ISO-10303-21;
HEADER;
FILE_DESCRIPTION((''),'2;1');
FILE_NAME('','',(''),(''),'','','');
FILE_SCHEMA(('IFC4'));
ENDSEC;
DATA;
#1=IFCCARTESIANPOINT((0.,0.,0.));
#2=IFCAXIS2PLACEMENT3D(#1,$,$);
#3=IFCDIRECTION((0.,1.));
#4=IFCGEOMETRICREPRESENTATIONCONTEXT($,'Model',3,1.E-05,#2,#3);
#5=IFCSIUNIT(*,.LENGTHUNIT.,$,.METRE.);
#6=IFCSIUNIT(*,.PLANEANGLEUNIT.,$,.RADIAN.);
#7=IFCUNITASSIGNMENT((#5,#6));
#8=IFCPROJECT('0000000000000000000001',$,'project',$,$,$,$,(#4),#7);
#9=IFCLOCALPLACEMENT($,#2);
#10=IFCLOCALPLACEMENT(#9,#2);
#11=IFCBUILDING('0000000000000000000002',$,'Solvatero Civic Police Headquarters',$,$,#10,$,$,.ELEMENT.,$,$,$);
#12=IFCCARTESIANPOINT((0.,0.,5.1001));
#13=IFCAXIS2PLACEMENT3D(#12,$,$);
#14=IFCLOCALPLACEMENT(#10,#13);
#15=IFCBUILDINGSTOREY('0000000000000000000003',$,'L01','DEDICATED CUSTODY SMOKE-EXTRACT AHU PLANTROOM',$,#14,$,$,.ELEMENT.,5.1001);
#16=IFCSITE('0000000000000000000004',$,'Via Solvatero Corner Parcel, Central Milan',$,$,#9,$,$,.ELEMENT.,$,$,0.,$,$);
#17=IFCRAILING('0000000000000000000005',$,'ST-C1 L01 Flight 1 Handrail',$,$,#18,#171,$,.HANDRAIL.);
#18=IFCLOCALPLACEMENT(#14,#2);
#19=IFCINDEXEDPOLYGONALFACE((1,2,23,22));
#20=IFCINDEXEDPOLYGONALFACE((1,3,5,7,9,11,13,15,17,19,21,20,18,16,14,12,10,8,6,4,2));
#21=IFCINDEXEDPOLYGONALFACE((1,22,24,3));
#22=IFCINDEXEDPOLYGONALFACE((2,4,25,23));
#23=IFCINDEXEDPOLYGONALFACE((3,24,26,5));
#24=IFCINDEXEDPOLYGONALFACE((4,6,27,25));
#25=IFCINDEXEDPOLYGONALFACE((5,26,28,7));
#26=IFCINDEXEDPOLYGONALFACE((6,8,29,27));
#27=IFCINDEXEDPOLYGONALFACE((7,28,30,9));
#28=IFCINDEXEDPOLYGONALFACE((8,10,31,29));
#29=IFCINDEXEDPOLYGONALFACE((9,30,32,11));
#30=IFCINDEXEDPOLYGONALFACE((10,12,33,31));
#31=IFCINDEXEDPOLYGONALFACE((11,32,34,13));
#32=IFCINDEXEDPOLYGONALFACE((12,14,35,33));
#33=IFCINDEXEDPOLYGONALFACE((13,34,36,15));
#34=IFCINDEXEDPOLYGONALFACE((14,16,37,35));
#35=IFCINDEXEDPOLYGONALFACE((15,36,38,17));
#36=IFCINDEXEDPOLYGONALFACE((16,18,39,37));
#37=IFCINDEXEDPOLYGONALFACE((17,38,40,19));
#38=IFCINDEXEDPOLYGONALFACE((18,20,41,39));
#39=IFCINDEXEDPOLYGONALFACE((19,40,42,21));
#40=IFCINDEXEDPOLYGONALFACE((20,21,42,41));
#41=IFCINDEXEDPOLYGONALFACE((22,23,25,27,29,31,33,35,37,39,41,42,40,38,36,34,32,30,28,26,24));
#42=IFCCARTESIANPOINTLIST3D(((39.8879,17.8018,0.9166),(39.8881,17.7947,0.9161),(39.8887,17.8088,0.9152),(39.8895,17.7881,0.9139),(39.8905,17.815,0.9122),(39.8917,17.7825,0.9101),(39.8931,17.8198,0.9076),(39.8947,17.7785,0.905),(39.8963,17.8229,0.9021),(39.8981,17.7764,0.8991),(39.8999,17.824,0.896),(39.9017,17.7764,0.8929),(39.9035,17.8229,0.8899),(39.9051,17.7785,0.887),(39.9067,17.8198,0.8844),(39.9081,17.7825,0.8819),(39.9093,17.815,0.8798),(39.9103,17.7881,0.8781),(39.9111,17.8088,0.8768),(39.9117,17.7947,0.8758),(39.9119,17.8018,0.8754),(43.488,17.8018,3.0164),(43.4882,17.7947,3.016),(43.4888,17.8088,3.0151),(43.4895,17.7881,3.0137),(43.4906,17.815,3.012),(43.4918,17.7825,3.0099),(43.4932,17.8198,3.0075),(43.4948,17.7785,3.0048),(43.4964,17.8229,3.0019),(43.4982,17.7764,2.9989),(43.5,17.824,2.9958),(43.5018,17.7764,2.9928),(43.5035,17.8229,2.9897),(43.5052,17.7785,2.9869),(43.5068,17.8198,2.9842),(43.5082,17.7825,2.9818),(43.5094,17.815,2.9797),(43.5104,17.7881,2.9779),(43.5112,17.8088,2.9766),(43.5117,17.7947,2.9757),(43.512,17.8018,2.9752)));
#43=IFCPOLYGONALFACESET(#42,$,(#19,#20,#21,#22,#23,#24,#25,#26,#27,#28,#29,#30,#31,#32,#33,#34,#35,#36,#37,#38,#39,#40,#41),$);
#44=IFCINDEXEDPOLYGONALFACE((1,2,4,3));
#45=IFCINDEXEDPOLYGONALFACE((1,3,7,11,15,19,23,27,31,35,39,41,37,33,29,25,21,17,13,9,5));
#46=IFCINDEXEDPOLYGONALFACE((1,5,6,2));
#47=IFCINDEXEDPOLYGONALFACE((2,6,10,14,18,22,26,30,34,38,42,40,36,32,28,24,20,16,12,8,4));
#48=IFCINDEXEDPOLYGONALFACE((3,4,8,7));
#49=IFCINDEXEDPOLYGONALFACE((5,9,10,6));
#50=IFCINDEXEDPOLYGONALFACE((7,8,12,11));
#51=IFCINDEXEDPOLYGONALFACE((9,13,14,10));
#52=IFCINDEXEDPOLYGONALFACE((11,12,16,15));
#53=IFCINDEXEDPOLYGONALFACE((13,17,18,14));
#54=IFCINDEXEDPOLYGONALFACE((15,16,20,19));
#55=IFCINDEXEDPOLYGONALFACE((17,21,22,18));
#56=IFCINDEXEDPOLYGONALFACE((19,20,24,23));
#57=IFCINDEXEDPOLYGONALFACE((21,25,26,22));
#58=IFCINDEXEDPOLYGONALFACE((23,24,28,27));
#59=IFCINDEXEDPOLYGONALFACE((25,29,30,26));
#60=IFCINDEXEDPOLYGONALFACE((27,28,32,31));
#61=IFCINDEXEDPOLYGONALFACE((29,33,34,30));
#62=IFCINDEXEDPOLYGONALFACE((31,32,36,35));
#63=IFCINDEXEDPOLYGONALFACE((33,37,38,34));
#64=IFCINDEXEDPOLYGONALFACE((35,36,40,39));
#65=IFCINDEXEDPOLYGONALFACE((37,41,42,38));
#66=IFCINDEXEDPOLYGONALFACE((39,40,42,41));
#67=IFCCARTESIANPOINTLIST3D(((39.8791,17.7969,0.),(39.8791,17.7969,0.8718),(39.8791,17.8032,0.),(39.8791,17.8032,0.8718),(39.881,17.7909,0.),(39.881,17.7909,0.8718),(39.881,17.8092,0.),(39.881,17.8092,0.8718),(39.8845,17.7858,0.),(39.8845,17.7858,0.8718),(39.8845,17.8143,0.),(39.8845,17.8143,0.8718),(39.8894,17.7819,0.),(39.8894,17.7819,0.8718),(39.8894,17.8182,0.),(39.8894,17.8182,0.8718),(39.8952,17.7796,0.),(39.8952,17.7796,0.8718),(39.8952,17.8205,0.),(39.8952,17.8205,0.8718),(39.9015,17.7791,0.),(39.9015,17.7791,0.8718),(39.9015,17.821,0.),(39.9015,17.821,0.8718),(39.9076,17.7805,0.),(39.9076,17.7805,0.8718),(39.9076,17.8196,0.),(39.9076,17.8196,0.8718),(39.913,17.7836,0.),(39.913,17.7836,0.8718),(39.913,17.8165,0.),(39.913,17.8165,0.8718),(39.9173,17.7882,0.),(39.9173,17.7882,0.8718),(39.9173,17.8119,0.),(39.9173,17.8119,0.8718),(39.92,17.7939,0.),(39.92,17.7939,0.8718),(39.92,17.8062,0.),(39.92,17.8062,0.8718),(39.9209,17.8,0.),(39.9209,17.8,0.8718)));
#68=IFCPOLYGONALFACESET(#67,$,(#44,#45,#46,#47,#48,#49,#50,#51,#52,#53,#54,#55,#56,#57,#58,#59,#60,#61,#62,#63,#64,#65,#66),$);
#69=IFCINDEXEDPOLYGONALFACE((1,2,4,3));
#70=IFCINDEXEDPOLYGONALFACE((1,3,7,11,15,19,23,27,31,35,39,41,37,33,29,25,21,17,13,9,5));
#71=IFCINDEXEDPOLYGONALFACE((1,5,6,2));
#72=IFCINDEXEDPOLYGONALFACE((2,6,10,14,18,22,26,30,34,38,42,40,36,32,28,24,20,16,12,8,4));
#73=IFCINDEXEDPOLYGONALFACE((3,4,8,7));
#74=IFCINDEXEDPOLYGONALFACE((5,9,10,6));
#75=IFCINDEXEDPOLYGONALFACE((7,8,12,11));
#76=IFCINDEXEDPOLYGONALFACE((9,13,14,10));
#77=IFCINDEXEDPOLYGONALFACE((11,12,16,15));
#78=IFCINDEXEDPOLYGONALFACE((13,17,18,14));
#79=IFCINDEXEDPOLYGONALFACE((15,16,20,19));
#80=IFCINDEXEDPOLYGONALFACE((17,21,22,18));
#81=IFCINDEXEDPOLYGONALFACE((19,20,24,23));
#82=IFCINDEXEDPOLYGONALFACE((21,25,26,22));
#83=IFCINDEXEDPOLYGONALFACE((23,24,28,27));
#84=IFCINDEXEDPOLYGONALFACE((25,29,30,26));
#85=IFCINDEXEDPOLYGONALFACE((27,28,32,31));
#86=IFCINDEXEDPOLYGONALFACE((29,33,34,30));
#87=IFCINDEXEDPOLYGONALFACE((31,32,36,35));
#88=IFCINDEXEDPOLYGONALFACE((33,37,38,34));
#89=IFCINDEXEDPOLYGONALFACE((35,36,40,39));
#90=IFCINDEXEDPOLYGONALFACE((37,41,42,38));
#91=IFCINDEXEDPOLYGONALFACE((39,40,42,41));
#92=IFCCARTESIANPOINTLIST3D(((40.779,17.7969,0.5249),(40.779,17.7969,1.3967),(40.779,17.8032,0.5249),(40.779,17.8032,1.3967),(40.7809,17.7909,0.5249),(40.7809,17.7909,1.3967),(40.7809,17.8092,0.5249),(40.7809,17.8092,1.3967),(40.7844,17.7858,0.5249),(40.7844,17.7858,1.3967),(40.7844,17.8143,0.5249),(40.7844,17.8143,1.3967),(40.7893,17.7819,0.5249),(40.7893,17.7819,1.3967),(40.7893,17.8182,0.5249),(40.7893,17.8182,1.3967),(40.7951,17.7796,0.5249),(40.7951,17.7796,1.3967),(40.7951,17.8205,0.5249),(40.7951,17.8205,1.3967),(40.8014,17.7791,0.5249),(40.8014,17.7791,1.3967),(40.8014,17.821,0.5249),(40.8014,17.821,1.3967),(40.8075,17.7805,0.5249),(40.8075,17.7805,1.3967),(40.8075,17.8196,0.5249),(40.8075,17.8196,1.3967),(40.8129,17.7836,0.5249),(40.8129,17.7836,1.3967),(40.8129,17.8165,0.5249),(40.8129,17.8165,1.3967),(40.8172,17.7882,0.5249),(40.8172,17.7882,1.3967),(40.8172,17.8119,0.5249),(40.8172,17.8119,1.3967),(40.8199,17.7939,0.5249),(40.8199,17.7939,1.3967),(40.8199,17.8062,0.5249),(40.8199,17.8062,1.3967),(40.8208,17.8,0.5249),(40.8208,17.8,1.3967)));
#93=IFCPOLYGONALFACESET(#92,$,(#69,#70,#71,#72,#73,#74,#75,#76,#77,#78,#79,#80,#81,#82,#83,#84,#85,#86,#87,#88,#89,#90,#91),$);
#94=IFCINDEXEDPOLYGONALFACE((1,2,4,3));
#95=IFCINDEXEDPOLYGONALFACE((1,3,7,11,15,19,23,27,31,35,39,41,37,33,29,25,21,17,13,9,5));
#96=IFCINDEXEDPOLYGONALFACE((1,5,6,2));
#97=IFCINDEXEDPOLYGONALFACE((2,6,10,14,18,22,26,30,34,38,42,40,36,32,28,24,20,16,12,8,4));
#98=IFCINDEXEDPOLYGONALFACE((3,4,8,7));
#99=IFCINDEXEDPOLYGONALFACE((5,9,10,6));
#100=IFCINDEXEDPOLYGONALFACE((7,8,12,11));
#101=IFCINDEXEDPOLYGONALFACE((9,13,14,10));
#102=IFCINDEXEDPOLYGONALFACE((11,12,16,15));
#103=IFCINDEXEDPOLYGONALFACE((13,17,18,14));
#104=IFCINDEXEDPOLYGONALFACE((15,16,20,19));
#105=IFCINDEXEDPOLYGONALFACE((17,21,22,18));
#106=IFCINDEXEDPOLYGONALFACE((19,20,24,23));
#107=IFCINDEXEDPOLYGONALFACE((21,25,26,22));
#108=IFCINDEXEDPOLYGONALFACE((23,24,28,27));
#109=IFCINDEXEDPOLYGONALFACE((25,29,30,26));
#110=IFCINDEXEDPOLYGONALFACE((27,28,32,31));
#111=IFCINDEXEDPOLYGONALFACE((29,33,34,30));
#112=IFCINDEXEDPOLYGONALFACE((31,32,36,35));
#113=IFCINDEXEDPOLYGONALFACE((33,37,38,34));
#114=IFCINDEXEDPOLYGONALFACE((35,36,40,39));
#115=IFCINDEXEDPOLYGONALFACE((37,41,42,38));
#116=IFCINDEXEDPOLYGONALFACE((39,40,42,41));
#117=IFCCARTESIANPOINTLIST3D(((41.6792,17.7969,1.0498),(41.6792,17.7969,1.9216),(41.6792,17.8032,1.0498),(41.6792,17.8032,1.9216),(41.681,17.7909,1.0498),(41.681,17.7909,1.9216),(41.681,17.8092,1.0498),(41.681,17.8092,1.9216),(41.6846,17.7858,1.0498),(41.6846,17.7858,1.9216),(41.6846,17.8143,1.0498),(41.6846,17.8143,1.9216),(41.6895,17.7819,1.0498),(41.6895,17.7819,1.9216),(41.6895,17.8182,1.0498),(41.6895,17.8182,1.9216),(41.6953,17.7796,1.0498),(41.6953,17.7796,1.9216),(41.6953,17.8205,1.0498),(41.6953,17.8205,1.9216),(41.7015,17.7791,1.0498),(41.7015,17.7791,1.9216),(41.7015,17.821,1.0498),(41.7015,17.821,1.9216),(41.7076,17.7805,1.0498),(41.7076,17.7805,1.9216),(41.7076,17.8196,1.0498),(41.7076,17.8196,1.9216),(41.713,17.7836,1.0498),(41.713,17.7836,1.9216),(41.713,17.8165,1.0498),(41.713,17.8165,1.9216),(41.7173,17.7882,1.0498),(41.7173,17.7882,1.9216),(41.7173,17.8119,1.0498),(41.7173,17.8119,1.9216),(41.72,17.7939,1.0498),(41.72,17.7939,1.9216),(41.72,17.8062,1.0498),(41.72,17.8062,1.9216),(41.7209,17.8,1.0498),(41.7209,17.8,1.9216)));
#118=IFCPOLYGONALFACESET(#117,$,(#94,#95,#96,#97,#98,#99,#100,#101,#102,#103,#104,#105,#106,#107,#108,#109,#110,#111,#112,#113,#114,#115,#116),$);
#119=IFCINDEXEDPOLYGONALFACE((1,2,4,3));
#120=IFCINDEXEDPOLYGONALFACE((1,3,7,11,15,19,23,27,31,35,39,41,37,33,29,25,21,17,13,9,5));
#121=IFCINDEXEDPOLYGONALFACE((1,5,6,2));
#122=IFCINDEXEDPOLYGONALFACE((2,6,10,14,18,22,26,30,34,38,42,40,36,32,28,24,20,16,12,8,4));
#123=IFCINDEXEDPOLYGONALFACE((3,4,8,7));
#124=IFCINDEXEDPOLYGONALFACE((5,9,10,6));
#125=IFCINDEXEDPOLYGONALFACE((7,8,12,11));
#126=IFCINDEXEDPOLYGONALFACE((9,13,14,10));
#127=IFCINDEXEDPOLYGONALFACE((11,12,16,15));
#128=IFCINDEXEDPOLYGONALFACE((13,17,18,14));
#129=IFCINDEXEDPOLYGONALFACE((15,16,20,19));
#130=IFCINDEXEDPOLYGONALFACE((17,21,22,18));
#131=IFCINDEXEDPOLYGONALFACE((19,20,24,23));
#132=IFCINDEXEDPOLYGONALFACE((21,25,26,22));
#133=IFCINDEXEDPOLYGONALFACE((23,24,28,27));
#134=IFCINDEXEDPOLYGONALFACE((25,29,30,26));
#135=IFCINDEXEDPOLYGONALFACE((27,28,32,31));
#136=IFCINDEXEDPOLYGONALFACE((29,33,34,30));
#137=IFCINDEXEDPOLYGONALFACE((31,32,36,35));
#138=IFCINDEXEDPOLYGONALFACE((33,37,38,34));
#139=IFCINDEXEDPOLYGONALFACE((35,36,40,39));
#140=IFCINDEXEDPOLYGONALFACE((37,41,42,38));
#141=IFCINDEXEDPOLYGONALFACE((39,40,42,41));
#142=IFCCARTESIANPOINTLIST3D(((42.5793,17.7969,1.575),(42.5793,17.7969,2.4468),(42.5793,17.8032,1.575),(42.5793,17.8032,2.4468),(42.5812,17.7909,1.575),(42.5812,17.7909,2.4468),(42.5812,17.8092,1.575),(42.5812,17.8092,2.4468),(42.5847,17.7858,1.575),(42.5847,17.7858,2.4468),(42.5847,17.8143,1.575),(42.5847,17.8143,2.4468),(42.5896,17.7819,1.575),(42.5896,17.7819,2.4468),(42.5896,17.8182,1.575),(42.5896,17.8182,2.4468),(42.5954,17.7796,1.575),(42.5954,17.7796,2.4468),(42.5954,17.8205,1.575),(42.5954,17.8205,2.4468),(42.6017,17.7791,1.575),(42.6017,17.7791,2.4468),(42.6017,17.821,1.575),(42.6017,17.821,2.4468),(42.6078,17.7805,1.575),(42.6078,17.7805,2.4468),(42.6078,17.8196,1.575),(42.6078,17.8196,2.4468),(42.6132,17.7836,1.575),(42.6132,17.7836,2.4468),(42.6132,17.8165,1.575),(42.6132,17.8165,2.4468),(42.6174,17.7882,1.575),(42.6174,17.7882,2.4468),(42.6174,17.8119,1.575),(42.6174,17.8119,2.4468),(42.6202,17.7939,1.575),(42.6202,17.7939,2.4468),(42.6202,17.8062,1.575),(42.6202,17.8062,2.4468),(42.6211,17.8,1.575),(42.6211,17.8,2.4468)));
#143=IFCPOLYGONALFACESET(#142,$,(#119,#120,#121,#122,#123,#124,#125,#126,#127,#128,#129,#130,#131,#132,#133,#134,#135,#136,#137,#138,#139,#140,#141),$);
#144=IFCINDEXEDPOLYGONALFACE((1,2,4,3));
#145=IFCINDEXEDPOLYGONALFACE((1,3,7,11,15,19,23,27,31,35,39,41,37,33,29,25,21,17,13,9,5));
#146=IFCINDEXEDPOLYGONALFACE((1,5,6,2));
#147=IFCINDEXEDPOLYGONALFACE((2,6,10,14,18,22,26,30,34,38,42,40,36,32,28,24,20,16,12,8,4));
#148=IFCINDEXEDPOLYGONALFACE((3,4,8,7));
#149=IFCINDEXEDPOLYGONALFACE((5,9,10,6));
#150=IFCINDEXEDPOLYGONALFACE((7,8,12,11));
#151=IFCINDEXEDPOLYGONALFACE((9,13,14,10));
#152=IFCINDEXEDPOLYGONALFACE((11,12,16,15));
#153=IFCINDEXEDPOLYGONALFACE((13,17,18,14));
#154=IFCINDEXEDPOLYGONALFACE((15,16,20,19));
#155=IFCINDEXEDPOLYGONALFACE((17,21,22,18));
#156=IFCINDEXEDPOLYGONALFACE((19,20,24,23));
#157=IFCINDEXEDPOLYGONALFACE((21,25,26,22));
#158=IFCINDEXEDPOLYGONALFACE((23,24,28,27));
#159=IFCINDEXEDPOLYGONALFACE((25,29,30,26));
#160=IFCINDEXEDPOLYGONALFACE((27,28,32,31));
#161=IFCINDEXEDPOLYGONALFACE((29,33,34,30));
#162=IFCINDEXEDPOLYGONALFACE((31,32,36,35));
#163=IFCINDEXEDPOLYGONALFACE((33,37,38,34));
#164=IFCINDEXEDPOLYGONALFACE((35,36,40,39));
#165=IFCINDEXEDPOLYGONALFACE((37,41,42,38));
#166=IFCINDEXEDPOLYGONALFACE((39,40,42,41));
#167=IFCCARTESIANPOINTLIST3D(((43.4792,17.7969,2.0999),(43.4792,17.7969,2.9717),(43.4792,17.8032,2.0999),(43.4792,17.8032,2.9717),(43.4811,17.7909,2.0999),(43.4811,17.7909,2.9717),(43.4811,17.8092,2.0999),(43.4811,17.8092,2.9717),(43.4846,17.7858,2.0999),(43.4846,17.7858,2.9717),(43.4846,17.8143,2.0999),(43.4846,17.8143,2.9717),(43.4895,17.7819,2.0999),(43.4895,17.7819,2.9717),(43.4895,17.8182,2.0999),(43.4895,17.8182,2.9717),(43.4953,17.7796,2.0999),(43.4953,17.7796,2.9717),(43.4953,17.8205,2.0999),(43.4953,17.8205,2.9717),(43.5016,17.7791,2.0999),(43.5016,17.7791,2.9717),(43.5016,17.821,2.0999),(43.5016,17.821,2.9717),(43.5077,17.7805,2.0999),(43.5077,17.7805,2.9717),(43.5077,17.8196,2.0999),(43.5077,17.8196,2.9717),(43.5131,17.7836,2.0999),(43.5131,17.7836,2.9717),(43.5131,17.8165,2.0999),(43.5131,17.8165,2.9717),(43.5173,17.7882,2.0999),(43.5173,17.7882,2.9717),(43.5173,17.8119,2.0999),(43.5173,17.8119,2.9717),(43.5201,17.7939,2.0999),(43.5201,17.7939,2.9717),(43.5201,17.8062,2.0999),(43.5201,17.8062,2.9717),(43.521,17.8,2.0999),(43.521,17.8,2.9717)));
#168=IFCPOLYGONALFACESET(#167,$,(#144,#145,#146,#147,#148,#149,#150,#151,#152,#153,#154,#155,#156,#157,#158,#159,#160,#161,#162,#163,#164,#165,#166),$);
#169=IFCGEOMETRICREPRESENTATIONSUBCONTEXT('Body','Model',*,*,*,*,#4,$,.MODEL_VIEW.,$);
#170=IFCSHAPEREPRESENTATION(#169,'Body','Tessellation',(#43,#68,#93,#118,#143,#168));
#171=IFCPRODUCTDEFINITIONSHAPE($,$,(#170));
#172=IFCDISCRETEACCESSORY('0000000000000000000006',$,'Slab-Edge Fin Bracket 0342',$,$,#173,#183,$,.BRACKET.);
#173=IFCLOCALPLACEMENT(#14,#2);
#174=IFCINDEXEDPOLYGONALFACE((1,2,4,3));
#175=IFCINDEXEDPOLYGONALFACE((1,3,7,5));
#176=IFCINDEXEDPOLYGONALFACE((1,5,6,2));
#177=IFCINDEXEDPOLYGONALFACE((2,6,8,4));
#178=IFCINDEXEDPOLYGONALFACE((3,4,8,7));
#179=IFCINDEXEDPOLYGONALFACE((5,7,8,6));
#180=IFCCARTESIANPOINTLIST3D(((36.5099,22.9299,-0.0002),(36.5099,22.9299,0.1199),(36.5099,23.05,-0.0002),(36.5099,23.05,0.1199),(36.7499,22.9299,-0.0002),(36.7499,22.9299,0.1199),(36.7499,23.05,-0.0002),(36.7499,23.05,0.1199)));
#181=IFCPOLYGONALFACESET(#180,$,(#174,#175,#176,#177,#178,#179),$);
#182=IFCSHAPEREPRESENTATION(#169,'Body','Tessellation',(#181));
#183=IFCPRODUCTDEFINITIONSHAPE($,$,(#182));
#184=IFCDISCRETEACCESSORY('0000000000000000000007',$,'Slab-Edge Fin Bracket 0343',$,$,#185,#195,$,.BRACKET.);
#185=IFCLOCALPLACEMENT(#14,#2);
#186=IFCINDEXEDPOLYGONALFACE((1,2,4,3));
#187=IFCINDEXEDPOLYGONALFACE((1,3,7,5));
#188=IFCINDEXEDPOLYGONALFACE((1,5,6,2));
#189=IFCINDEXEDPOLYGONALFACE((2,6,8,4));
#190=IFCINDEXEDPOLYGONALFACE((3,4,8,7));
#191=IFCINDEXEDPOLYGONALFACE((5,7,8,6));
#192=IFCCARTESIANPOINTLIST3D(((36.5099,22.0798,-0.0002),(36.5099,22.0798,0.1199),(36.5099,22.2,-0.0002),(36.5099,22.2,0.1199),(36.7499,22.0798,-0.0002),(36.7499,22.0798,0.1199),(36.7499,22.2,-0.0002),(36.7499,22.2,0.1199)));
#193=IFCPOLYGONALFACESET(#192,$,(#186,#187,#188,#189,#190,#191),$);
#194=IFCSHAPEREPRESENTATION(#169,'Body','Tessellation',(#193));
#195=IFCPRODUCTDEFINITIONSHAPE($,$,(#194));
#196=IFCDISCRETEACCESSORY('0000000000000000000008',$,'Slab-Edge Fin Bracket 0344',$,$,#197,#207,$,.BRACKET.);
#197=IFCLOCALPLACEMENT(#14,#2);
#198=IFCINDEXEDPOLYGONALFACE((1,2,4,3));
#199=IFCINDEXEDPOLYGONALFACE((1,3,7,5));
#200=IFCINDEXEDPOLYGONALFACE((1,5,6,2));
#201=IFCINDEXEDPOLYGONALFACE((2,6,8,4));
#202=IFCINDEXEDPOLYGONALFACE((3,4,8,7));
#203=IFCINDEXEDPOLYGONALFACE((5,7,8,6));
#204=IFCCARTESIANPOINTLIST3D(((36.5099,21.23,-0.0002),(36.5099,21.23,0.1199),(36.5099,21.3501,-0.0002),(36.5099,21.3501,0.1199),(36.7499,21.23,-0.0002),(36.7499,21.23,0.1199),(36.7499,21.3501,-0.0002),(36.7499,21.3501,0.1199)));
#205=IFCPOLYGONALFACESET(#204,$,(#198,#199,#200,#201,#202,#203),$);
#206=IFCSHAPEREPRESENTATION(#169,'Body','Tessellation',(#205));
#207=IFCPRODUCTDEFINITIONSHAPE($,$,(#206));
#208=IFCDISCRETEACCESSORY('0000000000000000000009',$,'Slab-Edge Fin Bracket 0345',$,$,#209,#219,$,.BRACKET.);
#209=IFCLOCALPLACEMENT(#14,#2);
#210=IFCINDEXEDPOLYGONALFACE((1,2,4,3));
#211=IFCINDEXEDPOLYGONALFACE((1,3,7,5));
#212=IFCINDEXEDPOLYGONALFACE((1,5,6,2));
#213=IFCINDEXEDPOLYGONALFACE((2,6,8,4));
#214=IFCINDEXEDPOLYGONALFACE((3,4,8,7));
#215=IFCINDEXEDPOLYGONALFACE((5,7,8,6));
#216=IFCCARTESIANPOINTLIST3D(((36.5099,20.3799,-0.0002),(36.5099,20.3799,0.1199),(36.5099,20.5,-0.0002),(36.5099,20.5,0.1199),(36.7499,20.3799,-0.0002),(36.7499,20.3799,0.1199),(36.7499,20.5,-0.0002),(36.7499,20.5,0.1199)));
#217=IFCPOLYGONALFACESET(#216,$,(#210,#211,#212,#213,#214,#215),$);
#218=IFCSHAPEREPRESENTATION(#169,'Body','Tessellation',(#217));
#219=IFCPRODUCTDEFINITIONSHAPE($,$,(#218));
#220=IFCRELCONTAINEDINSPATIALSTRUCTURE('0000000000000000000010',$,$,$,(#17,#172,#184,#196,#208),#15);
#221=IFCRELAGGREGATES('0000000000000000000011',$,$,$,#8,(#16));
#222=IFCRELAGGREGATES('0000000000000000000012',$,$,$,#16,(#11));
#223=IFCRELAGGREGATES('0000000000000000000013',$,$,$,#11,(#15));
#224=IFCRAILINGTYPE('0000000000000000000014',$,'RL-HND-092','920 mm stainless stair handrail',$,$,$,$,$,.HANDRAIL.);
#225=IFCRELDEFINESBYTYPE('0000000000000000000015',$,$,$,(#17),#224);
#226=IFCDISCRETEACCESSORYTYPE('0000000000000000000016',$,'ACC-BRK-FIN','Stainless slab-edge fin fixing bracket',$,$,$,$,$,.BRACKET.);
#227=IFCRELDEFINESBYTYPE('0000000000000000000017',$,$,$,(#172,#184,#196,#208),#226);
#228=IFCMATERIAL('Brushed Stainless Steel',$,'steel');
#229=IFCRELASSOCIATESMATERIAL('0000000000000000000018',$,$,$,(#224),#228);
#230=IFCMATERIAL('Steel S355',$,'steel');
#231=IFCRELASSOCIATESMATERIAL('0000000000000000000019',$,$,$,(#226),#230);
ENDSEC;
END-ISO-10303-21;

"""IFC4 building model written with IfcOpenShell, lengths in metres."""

from ifc_helpers import new_model, si_unit, direction, frame, origin, origin_2d, place, context, subcontext, project, spatial, rectangle, circle, extrude, material, type_object, element, save


model = new_model("IFC4")

# Units and contexts
model_context = context("Model", 3, precision=1e-05, world=origin(), true_north=direction((0.0, 1.0)))
body_context = subcontext(model_context, "Body", "Model", "MODEL_VIEW")
ifc_project = project(units=[si_unit("LENGTHUNIT", "METRE"), si_unit("PLANEANGLEUNIT", "RADIAN")], contexts=[model_context])

# Site, building, storey
site_placement = place(None, origin())
site = spatial("IfcSite", under=ifc_project, at=site_placement, Name="Via Solvatero Corner Parcel, Central Milan", CompositionType="ELEMENT", RefElevation=0.0)
building_placement = place(site_placement, origin())
building = spatial("IfcBuilding", under=site, at=building_placement, Name="Solvatero Civic Police Headquarters", CompositionType="ELEMENT")
storey_placement = place(building_placement, frame((0.0, 0.0, 5.1001)))
storey = spatial("IfcBuildingStorey", under=building, at=storey_placement, Name="L01", Description="DEDICATED CUSTODY SMOKE-EXTRACT AHU PLANTROOM", CompositionType="ELEMENT", Elevation=5.1001)

# Railing
ifc_material_1 = material(Name="Brushed Stainless Steel", Category="steel")
railing_type = type_object("IfcRailingType", Name="RL-HND-092", Description="920 mm stainless stair handrail", PredefinedType="HANDRAIL", material=ifc_material_1)
railing_placement = place(storey_placement, frame((39.8999, 17.8, 0.0)))
element("IfcRailing", 1, at=railing_placement, inside=storey, type_object=railing_type, Name="ST-C1 L01 Flight 1 Handrail", PredefinedType="HANDRAIL", context=body_context, shape_type="SweptSolid", body=[
    extrude(circle(Radius=0.0239, at=origin_2d()), frame((0.0, 0.0, 0.896), z_axis=(0.8638, 0.0, 0.503835), x_axis=(0.0, 1.0, 0.0)), (0.0, 0.0, 1.0), 4.1677),
    extrude(circle(Radius=0.021, at=origin_2d()), origin(), (0.0, 0.0, 1.0), 0.8718),
    extrude(circle(Radius=0.021, at=origin_2d()), frame((0.8999, 0.0, 0.5249)), (0.0, 0.0, 1.0), 0.8718),
    extrude(circle(Radius=0.021, at=origin_2d()), frame((1.8, 0.0, 1.0498)), (0.0, 0.0, 1.0), 0.8718),
    extrude(circle(Radius=0.021, at=origin_2d()), frame((2.7002, 0.0, 1.575)), (0.0, 0.0, 1.0), 0.8718),
    extrude(circle(Radius=0.021, at=origin_2d()), frame((3.6001, 0.0, 2.0999)), (0.0, 0.0, 1.0), 0.8718),
])

# Discrete accessories
ifc_material_2 = material(Name="Steel S355", Category="steel")
discrete_accessory_type = type_object("IfcDiscreteAccessoryType", Name="ACC-BRK-FIN", Description="Stainless slab-edge fin fixing bracket", PredefinedType="BRACKET", material=ifc_material_2)
for number, where, z_axis, x_axis, name in (
    (2, (36.6299, 22.99, -0.0002), (0.0, 0.0, 1.0), (0.0, -1.0, 0.0), "Slab-Edge Fin Bracket 0342"),
    (3, (36.6299, 22.1399, -0.0002), (0.0, 0.0, 1.0), (0.0, -1.0, 0.0), "Slab-Edge Fin Bracket 0343"),
    (4, (36.6299, 21.29, -0.0002), (0.0, 0.0, 1.0), (0.0, -1.0, 0.0), "Slab-Edge Fin Bracket 0344"),
    (5, (36.6299, 20.4399, -0.0002), (0.0, 0.0, 1.0), (0.0, -1.0, 0.0), "Slab-Edge Fin Bracket 0345"),
):
    element("IfcDiscreteAccessory", number, at=place(storey_placement, frame(where, z_axis=z_axis, x_axis=x_axis)), inside=storey, type_object=discrete_accessory_type, Name=name, PredefinedType="BRACKET", context=body_context, shape_type="SweptSolid", body=[
        extrude(rectangle(XDim=0.1201, YDim=0.24, at=origin_2d()), origin(), (0.0, 0.0, 1.0), 0.1201),
    ])

save(model, "model.ifc")
